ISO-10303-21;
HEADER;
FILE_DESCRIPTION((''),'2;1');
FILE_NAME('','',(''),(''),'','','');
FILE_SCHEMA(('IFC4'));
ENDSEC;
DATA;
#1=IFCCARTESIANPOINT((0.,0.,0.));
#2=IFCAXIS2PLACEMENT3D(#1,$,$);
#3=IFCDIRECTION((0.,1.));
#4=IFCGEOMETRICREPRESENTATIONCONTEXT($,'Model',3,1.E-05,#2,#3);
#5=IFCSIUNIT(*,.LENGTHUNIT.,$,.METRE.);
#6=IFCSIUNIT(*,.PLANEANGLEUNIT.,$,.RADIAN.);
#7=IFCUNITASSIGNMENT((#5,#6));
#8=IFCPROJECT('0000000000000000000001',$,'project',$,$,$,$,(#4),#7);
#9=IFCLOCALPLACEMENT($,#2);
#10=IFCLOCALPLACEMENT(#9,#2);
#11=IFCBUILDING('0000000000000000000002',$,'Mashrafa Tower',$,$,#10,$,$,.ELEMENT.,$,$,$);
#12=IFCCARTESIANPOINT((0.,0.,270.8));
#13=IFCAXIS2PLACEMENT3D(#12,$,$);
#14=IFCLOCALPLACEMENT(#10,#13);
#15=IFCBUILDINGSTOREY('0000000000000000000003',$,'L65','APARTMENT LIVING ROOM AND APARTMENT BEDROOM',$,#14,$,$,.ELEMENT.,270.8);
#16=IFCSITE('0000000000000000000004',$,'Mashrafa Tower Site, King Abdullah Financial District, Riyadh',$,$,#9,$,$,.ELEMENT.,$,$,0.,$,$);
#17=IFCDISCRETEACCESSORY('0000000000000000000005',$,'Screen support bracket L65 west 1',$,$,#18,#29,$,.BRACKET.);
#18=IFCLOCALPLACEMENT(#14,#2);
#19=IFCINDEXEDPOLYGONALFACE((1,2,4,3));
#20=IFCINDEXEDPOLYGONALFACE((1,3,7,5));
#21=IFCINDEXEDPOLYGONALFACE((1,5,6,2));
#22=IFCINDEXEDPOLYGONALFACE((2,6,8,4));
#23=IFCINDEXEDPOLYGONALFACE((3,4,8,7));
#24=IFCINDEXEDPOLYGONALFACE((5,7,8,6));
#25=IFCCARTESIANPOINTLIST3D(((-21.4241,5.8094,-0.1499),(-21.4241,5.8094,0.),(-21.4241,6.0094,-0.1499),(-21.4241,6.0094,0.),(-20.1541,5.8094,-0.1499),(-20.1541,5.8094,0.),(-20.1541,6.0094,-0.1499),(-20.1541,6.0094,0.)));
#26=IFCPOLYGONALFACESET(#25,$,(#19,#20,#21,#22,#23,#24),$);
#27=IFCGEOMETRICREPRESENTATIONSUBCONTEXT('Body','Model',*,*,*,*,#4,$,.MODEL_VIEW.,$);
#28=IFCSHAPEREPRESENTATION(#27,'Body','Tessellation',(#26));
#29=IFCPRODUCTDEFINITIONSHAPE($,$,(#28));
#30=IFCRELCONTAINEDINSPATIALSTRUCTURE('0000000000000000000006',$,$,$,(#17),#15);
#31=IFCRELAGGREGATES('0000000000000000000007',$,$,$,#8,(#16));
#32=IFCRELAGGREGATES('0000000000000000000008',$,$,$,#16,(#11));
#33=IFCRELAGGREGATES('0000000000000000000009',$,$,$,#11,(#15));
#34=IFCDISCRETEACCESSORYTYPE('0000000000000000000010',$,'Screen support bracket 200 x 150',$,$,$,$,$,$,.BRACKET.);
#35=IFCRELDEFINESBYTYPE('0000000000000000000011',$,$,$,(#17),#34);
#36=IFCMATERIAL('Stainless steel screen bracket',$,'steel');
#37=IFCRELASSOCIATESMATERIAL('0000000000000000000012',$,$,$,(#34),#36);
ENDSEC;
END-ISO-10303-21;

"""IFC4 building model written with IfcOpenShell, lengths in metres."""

from ifc_helpers import new_model, si_unit, direction, frame, origin, origin_2d, place, context, subcontext, project, spatial, rectangle, extrude, source, transform, mapped, material, type_object, type_shapes, element, save


model = new_model("IFC4")

# Units and contexts
model_context = context("Model", 3, precision=1e-05, world=origin(), true_north=direction((0.0, 1.0)))
body_context = subcontext(model_context, "Body", "Model", "MODEL_VIEW")
ifc_project = project(units=[si_unit("LENGTHUNIT", "METRE"), si_unit("PLANEANGLEUNIT", "RADIAN")], contexts=[model_context])

# Site, building, storey
site_placement = place(None, origin())
site = spatial("IfcSite", under=ifc_project, at=site_placement, Name="Mashrafa Tower Site, King Abdullah Financial District, Riyadh", CompositionType="ELEMENT", RefElevation=0.0)
building_placement = place(site_placement, origin())
building = spatial("IfcBuilding", under=site, at=building_placement, Name="Mashrafa Tower", CompositionType="ELEMENT")
storey_placement = place(building_placement, frame((0.0, 0.0, 270.8)))
storey = spatial("IfcBuildingStorey", under=building, at=storey_placement, Name="L65", Description="APARTMENT LIVING ROOM AND APARTMENT BEDROOM", CompositionType="ELEMENT", Elevation=270.8)

# Discrete accessory
ifc_material_1 = material(Name="Stainless steel screen bracket", Category="steel")
discrete_accessory_type = type_object("IfcDiscreteAccessoryType", Name="Screen support bracket 200 x 150", PredefinedType="BRACKET", material=ifc_material_1)
shared_shape_1 = source(origin(), body_context, "Body", "SweptSolid", [
    extrude(rectangle(XDim=0.2, YDim=1.27, at=origin_2d()), origin(), (0.0, 0.0, 1.0), 0.1499),
])
type_shapes(discrete_accessory_type, [shared_shape_1])
discrete_accessory_placement = place(storey_placement, frame((-20.7891, 5.9094, -0.1499), z_axis=(0.0, 0.0, 1.0), x_axis=(0.0, -1.0, 0.0)))
element("IfcDiscreteAccessory", 1, at=discrete_accessory_placement, inside=storey, type_object=discrete_accessory_type, Name="Screen support bracket L65 west 1", PredefinedType="BRACKET", context=body_context, shape_type="MappedRepresentation", body=[
    mapped(shared_shape_1, transform((0.0, 0.0, 0.0))),
])

save(model, "model.ifc")
